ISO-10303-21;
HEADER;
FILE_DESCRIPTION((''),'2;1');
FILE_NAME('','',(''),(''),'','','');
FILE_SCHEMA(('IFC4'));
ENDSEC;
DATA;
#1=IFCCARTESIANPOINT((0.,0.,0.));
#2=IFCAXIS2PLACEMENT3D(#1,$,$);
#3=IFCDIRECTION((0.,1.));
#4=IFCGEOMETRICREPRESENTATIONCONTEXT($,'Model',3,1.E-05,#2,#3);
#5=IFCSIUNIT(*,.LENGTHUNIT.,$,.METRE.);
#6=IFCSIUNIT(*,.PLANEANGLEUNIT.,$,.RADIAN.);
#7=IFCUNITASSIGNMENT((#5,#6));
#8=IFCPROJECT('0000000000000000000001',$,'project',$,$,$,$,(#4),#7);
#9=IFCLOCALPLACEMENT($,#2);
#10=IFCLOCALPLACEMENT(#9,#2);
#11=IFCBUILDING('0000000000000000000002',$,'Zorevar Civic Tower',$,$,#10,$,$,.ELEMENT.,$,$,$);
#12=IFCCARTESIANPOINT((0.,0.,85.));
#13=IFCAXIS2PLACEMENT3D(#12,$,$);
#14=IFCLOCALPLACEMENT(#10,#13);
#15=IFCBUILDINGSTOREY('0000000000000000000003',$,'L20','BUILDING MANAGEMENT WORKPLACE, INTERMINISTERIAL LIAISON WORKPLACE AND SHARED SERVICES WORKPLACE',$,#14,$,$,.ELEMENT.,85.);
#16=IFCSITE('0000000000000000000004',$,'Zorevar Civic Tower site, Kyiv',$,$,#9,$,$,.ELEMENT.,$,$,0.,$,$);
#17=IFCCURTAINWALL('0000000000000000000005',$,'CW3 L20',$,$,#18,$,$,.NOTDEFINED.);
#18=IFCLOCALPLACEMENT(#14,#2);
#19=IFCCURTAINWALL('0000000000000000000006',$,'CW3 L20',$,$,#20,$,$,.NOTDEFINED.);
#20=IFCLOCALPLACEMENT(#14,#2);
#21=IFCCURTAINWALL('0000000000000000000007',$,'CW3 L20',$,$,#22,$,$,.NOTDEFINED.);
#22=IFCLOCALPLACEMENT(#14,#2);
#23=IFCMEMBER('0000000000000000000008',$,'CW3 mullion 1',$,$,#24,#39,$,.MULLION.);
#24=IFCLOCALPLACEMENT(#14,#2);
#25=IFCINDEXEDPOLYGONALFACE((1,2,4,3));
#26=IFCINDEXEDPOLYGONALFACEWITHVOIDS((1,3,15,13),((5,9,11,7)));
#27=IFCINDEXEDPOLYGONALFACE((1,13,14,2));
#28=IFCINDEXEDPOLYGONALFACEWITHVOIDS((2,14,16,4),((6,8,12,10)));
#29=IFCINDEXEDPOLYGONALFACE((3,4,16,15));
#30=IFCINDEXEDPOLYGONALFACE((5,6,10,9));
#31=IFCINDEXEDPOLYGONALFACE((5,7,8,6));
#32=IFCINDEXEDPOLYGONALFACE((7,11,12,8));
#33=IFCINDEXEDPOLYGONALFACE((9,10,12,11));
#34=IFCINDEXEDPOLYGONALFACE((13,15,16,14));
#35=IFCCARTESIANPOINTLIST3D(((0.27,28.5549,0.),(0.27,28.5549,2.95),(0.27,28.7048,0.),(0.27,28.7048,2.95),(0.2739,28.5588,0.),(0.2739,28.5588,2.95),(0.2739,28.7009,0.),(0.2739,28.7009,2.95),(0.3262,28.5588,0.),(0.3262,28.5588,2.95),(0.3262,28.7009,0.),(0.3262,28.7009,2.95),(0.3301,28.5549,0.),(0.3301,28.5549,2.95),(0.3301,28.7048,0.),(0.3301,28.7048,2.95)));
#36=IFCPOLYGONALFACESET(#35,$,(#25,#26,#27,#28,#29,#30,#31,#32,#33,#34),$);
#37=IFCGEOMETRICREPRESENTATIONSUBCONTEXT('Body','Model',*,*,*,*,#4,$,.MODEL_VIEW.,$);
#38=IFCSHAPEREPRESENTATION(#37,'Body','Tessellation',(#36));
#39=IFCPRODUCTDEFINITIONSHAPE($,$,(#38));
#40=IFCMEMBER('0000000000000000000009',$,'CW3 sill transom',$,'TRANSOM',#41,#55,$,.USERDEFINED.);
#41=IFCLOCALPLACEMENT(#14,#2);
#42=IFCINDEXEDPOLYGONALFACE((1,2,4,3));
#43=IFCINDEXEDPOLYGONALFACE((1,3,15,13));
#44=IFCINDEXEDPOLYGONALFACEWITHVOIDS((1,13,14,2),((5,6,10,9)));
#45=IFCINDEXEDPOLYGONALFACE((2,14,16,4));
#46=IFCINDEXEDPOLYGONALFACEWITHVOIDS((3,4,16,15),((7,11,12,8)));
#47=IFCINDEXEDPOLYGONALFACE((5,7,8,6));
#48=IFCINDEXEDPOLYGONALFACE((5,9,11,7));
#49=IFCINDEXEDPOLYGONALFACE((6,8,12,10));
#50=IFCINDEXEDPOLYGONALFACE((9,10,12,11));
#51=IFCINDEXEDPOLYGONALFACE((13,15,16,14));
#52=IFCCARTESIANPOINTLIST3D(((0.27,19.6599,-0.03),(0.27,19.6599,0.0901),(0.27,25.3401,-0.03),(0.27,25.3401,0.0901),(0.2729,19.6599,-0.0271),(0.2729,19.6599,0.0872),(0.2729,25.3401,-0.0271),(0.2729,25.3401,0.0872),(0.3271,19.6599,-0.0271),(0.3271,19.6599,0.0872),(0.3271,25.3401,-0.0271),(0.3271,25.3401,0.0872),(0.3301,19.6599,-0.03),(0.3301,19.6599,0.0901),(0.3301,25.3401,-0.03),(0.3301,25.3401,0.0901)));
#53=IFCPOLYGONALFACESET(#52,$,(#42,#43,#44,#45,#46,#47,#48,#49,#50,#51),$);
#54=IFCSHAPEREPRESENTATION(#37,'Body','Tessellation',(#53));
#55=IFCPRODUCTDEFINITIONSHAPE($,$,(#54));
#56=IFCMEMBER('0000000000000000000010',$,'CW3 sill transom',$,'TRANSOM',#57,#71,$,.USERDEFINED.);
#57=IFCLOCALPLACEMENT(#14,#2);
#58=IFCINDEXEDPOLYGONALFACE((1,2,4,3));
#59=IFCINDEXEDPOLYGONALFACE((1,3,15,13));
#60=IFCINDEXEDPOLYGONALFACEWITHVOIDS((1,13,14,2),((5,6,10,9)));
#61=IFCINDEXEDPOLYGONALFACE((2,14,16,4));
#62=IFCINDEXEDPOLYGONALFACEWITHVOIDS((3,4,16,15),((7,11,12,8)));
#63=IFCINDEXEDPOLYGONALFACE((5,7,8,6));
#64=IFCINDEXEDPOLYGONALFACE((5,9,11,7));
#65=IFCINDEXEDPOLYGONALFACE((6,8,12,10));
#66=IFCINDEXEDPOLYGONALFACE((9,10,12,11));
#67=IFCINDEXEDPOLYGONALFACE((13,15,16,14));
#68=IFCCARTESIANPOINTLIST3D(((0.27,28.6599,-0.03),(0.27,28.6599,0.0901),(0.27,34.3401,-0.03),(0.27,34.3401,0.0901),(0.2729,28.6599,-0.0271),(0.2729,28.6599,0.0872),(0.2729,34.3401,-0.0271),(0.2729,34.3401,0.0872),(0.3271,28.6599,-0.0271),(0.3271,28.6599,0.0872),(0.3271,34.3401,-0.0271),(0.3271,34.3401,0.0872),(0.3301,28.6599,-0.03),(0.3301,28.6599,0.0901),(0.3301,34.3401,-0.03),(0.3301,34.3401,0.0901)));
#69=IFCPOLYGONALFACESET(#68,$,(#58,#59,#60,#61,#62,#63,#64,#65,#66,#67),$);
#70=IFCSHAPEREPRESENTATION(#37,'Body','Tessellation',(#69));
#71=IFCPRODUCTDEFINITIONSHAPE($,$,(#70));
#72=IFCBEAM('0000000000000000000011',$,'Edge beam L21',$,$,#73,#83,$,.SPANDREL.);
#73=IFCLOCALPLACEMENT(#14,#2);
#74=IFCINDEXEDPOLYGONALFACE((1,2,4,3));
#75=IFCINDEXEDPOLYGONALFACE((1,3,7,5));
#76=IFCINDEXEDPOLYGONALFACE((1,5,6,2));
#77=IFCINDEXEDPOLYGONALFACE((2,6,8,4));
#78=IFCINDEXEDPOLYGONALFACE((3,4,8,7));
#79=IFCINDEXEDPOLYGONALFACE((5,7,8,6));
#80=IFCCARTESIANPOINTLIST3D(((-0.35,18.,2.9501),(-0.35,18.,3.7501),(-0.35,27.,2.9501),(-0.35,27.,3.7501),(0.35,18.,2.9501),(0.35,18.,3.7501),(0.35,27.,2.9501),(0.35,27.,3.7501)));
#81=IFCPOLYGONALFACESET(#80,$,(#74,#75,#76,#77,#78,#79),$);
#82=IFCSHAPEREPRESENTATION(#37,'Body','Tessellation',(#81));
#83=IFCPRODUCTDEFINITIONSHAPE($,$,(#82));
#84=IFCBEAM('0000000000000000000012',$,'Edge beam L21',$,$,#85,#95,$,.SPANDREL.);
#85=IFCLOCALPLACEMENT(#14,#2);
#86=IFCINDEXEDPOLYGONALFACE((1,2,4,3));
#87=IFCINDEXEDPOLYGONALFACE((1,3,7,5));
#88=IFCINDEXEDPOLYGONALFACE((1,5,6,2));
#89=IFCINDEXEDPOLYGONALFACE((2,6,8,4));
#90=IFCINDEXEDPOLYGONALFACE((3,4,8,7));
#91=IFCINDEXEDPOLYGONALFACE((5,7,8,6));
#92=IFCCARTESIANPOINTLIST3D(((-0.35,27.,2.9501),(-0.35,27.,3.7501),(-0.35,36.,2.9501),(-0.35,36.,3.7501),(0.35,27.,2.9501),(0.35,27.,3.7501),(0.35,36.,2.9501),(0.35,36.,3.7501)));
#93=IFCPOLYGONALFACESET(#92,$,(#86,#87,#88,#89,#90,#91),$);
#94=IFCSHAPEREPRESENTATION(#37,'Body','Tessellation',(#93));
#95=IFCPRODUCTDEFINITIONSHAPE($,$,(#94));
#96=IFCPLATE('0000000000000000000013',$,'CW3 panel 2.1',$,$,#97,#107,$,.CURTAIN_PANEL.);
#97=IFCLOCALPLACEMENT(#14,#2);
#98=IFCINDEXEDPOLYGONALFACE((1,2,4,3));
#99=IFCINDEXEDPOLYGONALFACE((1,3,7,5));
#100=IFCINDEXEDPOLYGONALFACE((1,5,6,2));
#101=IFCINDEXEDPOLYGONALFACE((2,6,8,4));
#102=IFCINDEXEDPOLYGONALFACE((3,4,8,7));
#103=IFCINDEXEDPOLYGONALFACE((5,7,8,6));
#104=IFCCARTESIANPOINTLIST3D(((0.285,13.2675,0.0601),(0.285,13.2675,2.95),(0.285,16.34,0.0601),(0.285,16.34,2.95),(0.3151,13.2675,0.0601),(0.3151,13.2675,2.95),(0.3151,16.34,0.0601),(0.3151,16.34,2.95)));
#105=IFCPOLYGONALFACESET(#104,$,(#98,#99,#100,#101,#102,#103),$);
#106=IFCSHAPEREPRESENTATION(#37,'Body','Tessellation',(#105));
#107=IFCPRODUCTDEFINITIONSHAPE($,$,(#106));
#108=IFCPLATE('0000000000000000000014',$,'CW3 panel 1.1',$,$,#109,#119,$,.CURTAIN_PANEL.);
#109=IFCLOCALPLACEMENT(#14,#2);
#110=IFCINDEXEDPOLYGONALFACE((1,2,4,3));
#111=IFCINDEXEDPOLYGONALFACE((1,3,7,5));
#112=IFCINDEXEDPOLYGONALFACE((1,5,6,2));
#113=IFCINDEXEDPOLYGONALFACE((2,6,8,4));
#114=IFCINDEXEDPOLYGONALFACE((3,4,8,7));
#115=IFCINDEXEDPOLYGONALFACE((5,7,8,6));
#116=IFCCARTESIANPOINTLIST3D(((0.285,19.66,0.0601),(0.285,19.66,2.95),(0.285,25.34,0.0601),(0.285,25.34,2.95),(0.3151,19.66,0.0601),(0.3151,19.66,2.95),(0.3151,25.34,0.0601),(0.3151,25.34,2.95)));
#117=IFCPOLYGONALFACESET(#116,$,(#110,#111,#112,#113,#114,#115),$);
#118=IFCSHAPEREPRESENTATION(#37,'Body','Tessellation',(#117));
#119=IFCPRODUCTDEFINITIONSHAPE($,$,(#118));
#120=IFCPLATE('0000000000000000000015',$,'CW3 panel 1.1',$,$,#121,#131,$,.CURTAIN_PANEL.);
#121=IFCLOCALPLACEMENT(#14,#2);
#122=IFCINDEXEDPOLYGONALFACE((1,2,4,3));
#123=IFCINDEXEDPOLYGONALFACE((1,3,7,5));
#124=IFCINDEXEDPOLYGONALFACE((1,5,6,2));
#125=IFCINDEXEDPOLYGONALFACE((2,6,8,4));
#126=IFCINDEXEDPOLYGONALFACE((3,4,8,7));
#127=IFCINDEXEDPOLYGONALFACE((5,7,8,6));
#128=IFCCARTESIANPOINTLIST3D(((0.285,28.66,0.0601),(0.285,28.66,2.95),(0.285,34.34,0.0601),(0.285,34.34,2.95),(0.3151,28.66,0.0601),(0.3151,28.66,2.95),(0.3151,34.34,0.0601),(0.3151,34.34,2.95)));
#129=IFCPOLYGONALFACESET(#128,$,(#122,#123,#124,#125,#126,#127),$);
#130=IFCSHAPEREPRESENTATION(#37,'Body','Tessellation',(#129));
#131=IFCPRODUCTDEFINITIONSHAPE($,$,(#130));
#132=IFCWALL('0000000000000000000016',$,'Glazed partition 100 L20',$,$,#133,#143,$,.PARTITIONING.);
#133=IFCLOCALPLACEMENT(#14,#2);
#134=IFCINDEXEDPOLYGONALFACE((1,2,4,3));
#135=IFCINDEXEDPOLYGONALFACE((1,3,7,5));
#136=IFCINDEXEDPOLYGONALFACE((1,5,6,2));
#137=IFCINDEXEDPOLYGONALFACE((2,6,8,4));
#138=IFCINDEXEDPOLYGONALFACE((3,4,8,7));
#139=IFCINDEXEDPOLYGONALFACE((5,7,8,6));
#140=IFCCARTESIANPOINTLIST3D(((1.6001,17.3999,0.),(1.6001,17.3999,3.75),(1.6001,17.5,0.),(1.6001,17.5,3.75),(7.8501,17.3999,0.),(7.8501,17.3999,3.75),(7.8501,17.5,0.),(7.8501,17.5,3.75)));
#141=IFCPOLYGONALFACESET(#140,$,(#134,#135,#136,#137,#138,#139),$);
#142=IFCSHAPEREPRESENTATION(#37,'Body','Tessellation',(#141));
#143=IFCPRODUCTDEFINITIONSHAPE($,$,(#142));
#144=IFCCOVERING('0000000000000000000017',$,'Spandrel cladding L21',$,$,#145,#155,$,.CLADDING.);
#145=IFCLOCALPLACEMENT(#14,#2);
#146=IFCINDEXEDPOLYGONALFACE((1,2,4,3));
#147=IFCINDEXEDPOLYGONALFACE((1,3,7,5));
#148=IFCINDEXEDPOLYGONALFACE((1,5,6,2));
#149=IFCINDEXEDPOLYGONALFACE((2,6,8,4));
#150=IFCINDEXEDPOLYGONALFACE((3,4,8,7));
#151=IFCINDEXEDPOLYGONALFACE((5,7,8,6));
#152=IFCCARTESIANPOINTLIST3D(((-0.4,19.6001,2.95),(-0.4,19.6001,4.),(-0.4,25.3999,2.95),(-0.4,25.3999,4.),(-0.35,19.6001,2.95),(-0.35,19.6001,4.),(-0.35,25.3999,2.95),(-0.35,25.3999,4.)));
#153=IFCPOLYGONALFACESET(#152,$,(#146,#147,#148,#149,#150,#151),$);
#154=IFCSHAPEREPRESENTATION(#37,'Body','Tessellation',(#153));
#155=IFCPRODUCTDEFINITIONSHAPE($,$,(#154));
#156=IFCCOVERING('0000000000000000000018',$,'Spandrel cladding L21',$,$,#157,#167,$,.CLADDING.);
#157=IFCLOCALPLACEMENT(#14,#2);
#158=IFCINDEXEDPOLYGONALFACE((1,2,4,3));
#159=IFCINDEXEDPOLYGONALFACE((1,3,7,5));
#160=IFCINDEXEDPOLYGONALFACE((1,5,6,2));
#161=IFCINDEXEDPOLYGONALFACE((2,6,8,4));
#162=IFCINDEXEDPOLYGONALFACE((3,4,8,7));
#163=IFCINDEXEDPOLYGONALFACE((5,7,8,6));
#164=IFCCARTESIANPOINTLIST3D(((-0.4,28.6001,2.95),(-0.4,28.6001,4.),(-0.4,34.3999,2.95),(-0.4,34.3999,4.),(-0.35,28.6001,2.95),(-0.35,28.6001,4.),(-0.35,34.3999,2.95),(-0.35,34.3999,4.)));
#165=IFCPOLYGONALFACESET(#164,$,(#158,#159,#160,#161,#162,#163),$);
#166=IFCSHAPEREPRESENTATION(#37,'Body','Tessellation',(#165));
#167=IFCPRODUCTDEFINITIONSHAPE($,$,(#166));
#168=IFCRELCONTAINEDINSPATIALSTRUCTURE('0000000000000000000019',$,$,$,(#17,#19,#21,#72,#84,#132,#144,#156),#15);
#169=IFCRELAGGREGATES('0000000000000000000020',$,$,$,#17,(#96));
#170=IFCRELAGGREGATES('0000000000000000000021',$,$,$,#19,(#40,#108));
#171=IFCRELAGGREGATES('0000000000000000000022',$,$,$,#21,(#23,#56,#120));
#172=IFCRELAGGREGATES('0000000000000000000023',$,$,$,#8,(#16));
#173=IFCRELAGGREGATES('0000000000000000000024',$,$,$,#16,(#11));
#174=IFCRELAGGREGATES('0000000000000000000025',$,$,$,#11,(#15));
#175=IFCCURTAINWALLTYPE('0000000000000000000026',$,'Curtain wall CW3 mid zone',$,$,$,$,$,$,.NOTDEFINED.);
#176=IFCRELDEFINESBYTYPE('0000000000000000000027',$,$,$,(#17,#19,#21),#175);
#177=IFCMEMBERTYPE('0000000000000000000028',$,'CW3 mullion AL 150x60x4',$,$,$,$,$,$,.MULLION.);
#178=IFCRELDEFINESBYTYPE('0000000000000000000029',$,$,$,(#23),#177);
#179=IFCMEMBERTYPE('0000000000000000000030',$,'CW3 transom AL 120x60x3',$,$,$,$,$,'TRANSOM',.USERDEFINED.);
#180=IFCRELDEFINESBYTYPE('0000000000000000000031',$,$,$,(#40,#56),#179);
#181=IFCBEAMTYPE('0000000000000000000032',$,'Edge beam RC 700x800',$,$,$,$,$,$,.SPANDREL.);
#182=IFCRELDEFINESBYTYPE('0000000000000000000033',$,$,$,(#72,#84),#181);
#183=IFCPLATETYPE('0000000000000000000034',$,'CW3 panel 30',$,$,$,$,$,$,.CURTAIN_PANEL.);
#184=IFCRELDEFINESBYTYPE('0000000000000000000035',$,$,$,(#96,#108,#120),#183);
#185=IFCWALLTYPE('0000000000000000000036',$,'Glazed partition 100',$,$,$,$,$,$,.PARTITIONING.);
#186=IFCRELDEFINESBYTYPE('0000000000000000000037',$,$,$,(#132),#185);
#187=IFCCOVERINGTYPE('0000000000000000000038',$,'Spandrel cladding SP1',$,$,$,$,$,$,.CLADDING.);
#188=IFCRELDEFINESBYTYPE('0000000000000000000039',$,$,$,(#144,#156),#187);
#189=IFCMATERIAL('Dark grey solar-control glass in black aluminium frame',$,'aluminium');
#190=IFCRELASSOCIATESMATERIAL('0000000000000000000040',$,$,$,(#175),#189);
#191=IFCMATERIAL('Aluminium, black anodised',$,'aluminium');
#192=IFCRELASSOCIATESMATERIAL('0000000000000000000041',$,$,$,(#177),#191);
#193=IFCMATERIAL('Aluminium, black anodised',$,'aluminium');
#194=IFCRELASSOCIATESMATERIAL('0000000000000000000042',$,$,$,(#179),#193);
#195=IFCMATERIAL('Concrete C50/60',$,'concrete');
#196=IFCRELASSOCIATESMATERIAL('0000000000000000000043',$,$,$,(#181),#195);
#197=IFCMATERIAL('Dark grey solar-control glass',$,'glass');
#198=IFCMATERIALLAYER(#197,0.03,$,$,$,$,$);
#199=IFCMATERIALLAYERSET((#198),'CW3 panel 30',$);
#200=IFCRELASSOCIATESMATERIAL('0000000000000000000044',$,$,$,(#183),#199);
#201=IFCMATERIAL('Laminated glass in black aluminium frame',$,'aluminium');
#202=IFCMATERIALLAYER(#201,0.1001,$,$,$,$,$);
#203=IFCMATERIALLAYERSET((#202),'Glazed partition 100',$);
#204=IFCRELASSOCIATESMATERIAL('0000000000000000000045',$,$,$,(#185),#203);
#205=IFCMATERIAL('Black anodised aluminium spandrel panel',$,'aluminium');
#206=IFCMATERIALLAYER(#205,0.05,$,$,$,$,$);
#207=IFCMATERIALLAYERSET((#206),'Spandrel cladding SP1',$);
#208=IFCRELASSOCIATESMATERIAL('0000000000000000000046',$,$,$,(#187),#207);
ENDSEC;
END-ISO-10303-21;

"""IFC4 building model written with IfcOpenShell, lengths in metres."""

from ifc_helpers import new_model, si_unit, direction, frame, frame_2d, origin, origin_2d, place, context, subcontext, project, spatial, rectangle, hollow_rectangle, extrude, material, layer, layer_set, material_profile, profile_set, type_object, element, aggregate, save


model = new_model("IFC4")

# Units and contexts
model_context = context("Model", 3, precision=1e-05, world=origin(), true_north=direction((0.0, 1.0)))
body_context = subcontext(model_context, "Body", "Model", "MODEL_VIEW")
ifc_project = project(units=[si_unit("LENGTHUNIT", "METRE"), si_unit("PLANEANGLEUNIT", "RADIAN")], contexts=[model_context])

# Site, building, storey
site_placement = place(None, origin())
site = spatial("IfcSite", under=ifc_project, at=site_placement, Name="Zorevar Civic Tower site, Kyiv", CompositionType="ELEMENT", RefElevation=0.0)
building_placement = place(site_placement, origin())
building = spatial("IfcBuilding", under=site, at=building_placement, Name="Zorevar Civic Tower", CompositionType="ELEMENT")
storey_placement = place(building_placement, frame((0.0, 0.0, 85.0)))
storey = spatial("IfcBuildingStorey", under=building, at=storey_placement, Name="L20", Description="BUILDING MANAGEMENT WORKPLACE, INTERMINISTERIAL LIAISON WORKPLACE AND SHARED SERVICES WORKPLACE", CompositionType="ELEMENT", Elevation=85.0)

# Curtain wall
ifc_material_1 = material(Name="Dark grey solar-control glass in black aluminium frame", Category="aluminium")
curtain_wall_type = type_object("IfcCurtainWallType", Name="Curtain wall CW3 mid zone", PredefinedType="NOTDEFINED", material=ifc_material_1)
curtain_wall_1_placement = place(storey_placement, origin())
curtain_wall_1 = element("IfcCurtainWall", 1, at=curtain_wall_1_placement, inside=storey, type_object=curtain_wall_type, Name="CW3 L20", PredefinedType="NOTDEFINED")
ifc_material_2 = material(Name="Aluminium, black anodised", Category="aluminium")
ifc_material_profile_1 = material_profile(ifc_material_2, hollow_rectangle(XDim=0.0601, YDim=0.1499, WallThickness=0.0039, at=origin_2d()), Name="AL 150x60x4")
ifc_profile_set_1 = profile_set([ifc_material_profile_1], Name="Aluminium, black anodised")
member_type_1 = type_object("IfcMemberType", Name="CW3 mullion AL 150x60x4", PredefinedType="MULLION", material=ifc_profile_set_1)

# Curtain wall
curtain_wall_2_placement = place(storey_placement, origin())
curtain_wall_2 = element("IfcCurtainWall", 2, at=curtain_wall_2_placement, inside=storey, type_object=curtain_wall_type, Name="CW3 L20", PredefinedType="NOTDEFINED")

# Curtain wall, member
curtain_wall_3_placement = place(storey_placement, origin())
curtain_wall_3 = element("IfcCurtainWall", 3, at=curtain_wall_3_placement, inside=storey, type_object=curtain_wall_type, Name="CW3 L20", PredefinedType="NOTDEFINED")
member_1_placement = place(storey_placement, frame((0.3, 28.6299, 0.0), z_axis=(0.0, 0.0, 1.0), x_axis=(-1.0, 0.0, 0.0)))
member_1 = element("IfcMember", 4, at=member_1_placement, type_object=member_type_1, Name="CW3 mullion 1", PredefinedType="MULLION", context=body_context, shape_type="SweptSolid", body=[
    extrude(hollow_rectangle(XDim=0.0601, YDim=0.1499, WallThickness=0.0039, at=origin_2d()), origin(), (0.0, 0.0, 1.0), 2.95),
])

# Members
ifc_material_3 = material(Name="Aluminium, black anodised", Category="aluminium")
ifc_material_profile_2 = material_profile(ifc_material_3, hollow_rectangle(XDim=0.0601, YDim=0.1201, WallThickness=0.0029, at=origin_2d()), Name="AL 120x60x3")
ifc_profile_set_2 = profile_set([ifc_material_profile_2], Name="Aluminium, black anodised")
member_type_2 = type_object("IfcMemberType", Name="CW3 transom AL 120x60x3", ElementType="TRANSOM", PredefinedType="USERDEFINED", material=ifc_profile_set_2)
member_2_placement = place(storey_placement, frame((0.3, 19.6599, 0.03), z_axis=(0.0, 1.0, 0.0), x_axis=(-1.0, 0.0, 0.0)))
member_2 = element("IfcMember", 5, at=member_2_placement, type_object=member_type_2, Name="CW3 sill transom", ObjectType="TRANSOM", PredefinedType="USERDEFINED", context=body_context, shape_type="SweptSolid", body=[
    extrude(hollow_rectangle(XDim=0.0601, YDim=0.1201, WallThickness=0.0029, at=origin_2d()), origin(), (0.0, 0.0, 1.0), 5.6802),
])
member_3_placement = place(storey_placement, frame((0.3, 28.6599, 0.03), z_axis=(0.0, 1.0, 0.0), x_axis=(-1.0, 0.0, 0.0)))
member_3 = element("IfcMember", 6, at=member_3_placement, type_object=member_type_2, Name="CW3 sill transom", ObjectType="TRANSOM", PredefinedType="USERDEFINED", context=body_context, shape_type="SweptSolid", body=[
    extrude(hollow_rectangle(XDim=0.0601, YDim=0.1201, WallThickness=0.0029, at=origin_2d()), origin(), (0.0, 0.0, 1.0), 5.6802),
])

# Beams
ifc_material_4 = material(Name="Concrete C50/60", Category="concrete")
ifc_material_profile_3 = material_profile(ifc_material_4, rectangle(XDim=0.7, YDim=0.8, at=origin_2d()), Name="RC 700x800")
ifc_profile_set_3 = profile_set([ifc_material_profile_3], Name="Concrete C50/60")
beam_type_1 = type_object("IfcBeamType", Name="Edge beam RC 700x800", PredefinedType="SPANDREL", material=ifc_profile_set_3)
for number, where, z_axis, x_axis, name in (
    (7, (0.0, 18.0, 3.3501), (0.0, 1.0, 0.0), (-1.0, 0.0, 0.0), "Edge beam L21"),
    (8, (0.0, 27.0, 3.3501), (0.0, 1.0, 0.0), (-1.0, 0.0, 0.0), "Edge beam L21"),
):
    element("IfcBeam", number, at=place(storey_placement, frame(where, z_axis=z_axis, x_axis=x_axis)), inside=storey, type_object=beam_type_1, Name=name, PredefinedType="SPANDREL", context=body_context, shape_type="SweptSolid", body=[
        extrude(rectangle(XDim=0.7, YDim=0.8, at=origin_2d()), origin(), (0.0, 0.0, 1.0), 9.0),
    ])

# Plates
ifc_material_5 = material(Name="Dark grey solar-control glass", Category="glass")
ifc_layer_1 = layer(ifc_material_5, 0.03)
ifc_layer_set_1 = layer_set([ifc_layer_1], Name="CW3 panel 30")
plate_type = type_object("IfcPlateType", Name="CW3 panel 30", PredefinedType="CURTAIN_PANEL", material=ifc_layer_set_1)
plate_1_placement = place(storey_placement, frame((0.3, 14.8037, 0.0601), z_axis=(0.0, 0.0, 1.0), x_axis=(0.0, 1.0, 0.0)))
plate_1 = element("IfcPlate", 9, at=plate_1_placement, type_object=plate_type, Name="CW3 panel 2.1", PredefinedType="CURTAIN_PANEL", context=body_context, shape_type="SweptSolid", body=[
    extrude(rectangle(XDim=3.0725, YDim=0.03, at=origin_2d()), origin(), (0.0, 0.0, 1.0), 2.8899),
])
aggregate(curtain_wall_1, [plate_1])
plate_2_placement = place(storey_placement, frame((0.3, 22.5, 0.0601), z_axis=(0.0, 0.0, 1.0), x_axis=(0.0, 1.0, 0.0)))
plate_2 = element("IfcPlate", 10, at=plate_2_placement, type_object=plate_type, Name="CW3 panel 1.1", PredefinedType="CURTAIN_PANEL", context=body_context, shape_type="SweptSolid", body=[
    extrude(rectangle(XDim=5.6799, YDim=0.03, at=origin_2d()), origin(), (0.0, 0.0, 1.0), 2.8899),
])
aggregate(curtain_wall_2, [member_2, plate_2])
plate_3_placement = place(storey_placement, frame((0.3, 31.5, 0.0601), z_axis=(0.0, 0.0, 1.0), x_axis=(0.0, 1.0, 0.0)))
plate_3 = element("IfcPlate", 11, at=plate_3_placement, type_object=plate_type, Name="CW3 panel 1.1", PredefinedType="CURTAIN_PANEL", context=body_context, shape_type="SweptSolid", body=[
    extrude(rectangle(XDim=5.6799, YDim=0.03, at=origin_2d()), origin(), (0.0, 0.0, 1.0), 2.8899),
])
aggregate(curtain_wall_3, [member_1, member_3, plate_3])

# Wall
ifc_material_6 = material(Name="Laminated glass in black aluminium frame", Category="aluminium")
ifc_layer_2 = layer(ifc_material_6, 0.1001)
ifc_layer_set_2 = layer_set([ifc_layer_2], Name="Glazed partition 100")
wall_type = type_object("IfcWallType", Name="Glazed partition 100", PredefinedType="PARTITIONING", material=ifc_layer_set_2)
wall_placement = place(storey_placement, frame((1.6001, 17.45, 0.0), z_axis=(0.0, 0.0, 1.0), x_axis=(1.0, 0.0, 0.0)))
element("IfcWall", 12, at=wall_placement, inside=storey, type_object=wall_type, Name="Glazed partition 100 L20", PredefinedType="PARTITIONING", context=body_context, shape_type="SweptSolid", body=[
    extrude(rectangle(XDim=6.25, YDim=0.1001, at=frame_2d((3.125, 0.0))), origin(), (0.0, 0.0, 1.0), 3.75),
])

# Coverings
ifc_material_7 = material(Name="Black anodised aluminium spandrel panel", Category="aluminium")
ifc_layer_3 = layer(ifc_material_7, 0.05)
ifc_layer_set_3 = layer_set([ifc_layer_3], Name="Spandrel cladding SP1")
covering_type = type_object("IfcCoveringType", Name="Spandrel cladding SP1", PredefinedType="CLADDING", material=ifc_layer_set_3)
for number, where, z_axis, x_axis, name in (
    (13, (-0.375, 19.6001, 2.95), (0.0, 0.0, 1.0), (0.0, 1.0, 0.0), "Spandrel cladding L21"),
    (14, (-0.375, 28.6001, 2.95), (0.0, 0.0, 1.0), (0.0, 1.0, 0.0), "Spandrel cladding L21"),
):
    element("IfcCovering", number, at=place(storey_placement, frame(where, z_axis=z_axis, x_axis=x_axis)), inside=storey, type_object=covering_type, Name=name, PredefinedType="CLADDING", context=body_context, shape_type="SweptSolid", body=[
        extrude(rectangle(XDim=5.7998, YDim=0.05, at=frame_2d((2.8999, 0.0))), origin(), (0.0, 0.0, 1.0), 1.05),
    ])

save(model, "model.ifc")
